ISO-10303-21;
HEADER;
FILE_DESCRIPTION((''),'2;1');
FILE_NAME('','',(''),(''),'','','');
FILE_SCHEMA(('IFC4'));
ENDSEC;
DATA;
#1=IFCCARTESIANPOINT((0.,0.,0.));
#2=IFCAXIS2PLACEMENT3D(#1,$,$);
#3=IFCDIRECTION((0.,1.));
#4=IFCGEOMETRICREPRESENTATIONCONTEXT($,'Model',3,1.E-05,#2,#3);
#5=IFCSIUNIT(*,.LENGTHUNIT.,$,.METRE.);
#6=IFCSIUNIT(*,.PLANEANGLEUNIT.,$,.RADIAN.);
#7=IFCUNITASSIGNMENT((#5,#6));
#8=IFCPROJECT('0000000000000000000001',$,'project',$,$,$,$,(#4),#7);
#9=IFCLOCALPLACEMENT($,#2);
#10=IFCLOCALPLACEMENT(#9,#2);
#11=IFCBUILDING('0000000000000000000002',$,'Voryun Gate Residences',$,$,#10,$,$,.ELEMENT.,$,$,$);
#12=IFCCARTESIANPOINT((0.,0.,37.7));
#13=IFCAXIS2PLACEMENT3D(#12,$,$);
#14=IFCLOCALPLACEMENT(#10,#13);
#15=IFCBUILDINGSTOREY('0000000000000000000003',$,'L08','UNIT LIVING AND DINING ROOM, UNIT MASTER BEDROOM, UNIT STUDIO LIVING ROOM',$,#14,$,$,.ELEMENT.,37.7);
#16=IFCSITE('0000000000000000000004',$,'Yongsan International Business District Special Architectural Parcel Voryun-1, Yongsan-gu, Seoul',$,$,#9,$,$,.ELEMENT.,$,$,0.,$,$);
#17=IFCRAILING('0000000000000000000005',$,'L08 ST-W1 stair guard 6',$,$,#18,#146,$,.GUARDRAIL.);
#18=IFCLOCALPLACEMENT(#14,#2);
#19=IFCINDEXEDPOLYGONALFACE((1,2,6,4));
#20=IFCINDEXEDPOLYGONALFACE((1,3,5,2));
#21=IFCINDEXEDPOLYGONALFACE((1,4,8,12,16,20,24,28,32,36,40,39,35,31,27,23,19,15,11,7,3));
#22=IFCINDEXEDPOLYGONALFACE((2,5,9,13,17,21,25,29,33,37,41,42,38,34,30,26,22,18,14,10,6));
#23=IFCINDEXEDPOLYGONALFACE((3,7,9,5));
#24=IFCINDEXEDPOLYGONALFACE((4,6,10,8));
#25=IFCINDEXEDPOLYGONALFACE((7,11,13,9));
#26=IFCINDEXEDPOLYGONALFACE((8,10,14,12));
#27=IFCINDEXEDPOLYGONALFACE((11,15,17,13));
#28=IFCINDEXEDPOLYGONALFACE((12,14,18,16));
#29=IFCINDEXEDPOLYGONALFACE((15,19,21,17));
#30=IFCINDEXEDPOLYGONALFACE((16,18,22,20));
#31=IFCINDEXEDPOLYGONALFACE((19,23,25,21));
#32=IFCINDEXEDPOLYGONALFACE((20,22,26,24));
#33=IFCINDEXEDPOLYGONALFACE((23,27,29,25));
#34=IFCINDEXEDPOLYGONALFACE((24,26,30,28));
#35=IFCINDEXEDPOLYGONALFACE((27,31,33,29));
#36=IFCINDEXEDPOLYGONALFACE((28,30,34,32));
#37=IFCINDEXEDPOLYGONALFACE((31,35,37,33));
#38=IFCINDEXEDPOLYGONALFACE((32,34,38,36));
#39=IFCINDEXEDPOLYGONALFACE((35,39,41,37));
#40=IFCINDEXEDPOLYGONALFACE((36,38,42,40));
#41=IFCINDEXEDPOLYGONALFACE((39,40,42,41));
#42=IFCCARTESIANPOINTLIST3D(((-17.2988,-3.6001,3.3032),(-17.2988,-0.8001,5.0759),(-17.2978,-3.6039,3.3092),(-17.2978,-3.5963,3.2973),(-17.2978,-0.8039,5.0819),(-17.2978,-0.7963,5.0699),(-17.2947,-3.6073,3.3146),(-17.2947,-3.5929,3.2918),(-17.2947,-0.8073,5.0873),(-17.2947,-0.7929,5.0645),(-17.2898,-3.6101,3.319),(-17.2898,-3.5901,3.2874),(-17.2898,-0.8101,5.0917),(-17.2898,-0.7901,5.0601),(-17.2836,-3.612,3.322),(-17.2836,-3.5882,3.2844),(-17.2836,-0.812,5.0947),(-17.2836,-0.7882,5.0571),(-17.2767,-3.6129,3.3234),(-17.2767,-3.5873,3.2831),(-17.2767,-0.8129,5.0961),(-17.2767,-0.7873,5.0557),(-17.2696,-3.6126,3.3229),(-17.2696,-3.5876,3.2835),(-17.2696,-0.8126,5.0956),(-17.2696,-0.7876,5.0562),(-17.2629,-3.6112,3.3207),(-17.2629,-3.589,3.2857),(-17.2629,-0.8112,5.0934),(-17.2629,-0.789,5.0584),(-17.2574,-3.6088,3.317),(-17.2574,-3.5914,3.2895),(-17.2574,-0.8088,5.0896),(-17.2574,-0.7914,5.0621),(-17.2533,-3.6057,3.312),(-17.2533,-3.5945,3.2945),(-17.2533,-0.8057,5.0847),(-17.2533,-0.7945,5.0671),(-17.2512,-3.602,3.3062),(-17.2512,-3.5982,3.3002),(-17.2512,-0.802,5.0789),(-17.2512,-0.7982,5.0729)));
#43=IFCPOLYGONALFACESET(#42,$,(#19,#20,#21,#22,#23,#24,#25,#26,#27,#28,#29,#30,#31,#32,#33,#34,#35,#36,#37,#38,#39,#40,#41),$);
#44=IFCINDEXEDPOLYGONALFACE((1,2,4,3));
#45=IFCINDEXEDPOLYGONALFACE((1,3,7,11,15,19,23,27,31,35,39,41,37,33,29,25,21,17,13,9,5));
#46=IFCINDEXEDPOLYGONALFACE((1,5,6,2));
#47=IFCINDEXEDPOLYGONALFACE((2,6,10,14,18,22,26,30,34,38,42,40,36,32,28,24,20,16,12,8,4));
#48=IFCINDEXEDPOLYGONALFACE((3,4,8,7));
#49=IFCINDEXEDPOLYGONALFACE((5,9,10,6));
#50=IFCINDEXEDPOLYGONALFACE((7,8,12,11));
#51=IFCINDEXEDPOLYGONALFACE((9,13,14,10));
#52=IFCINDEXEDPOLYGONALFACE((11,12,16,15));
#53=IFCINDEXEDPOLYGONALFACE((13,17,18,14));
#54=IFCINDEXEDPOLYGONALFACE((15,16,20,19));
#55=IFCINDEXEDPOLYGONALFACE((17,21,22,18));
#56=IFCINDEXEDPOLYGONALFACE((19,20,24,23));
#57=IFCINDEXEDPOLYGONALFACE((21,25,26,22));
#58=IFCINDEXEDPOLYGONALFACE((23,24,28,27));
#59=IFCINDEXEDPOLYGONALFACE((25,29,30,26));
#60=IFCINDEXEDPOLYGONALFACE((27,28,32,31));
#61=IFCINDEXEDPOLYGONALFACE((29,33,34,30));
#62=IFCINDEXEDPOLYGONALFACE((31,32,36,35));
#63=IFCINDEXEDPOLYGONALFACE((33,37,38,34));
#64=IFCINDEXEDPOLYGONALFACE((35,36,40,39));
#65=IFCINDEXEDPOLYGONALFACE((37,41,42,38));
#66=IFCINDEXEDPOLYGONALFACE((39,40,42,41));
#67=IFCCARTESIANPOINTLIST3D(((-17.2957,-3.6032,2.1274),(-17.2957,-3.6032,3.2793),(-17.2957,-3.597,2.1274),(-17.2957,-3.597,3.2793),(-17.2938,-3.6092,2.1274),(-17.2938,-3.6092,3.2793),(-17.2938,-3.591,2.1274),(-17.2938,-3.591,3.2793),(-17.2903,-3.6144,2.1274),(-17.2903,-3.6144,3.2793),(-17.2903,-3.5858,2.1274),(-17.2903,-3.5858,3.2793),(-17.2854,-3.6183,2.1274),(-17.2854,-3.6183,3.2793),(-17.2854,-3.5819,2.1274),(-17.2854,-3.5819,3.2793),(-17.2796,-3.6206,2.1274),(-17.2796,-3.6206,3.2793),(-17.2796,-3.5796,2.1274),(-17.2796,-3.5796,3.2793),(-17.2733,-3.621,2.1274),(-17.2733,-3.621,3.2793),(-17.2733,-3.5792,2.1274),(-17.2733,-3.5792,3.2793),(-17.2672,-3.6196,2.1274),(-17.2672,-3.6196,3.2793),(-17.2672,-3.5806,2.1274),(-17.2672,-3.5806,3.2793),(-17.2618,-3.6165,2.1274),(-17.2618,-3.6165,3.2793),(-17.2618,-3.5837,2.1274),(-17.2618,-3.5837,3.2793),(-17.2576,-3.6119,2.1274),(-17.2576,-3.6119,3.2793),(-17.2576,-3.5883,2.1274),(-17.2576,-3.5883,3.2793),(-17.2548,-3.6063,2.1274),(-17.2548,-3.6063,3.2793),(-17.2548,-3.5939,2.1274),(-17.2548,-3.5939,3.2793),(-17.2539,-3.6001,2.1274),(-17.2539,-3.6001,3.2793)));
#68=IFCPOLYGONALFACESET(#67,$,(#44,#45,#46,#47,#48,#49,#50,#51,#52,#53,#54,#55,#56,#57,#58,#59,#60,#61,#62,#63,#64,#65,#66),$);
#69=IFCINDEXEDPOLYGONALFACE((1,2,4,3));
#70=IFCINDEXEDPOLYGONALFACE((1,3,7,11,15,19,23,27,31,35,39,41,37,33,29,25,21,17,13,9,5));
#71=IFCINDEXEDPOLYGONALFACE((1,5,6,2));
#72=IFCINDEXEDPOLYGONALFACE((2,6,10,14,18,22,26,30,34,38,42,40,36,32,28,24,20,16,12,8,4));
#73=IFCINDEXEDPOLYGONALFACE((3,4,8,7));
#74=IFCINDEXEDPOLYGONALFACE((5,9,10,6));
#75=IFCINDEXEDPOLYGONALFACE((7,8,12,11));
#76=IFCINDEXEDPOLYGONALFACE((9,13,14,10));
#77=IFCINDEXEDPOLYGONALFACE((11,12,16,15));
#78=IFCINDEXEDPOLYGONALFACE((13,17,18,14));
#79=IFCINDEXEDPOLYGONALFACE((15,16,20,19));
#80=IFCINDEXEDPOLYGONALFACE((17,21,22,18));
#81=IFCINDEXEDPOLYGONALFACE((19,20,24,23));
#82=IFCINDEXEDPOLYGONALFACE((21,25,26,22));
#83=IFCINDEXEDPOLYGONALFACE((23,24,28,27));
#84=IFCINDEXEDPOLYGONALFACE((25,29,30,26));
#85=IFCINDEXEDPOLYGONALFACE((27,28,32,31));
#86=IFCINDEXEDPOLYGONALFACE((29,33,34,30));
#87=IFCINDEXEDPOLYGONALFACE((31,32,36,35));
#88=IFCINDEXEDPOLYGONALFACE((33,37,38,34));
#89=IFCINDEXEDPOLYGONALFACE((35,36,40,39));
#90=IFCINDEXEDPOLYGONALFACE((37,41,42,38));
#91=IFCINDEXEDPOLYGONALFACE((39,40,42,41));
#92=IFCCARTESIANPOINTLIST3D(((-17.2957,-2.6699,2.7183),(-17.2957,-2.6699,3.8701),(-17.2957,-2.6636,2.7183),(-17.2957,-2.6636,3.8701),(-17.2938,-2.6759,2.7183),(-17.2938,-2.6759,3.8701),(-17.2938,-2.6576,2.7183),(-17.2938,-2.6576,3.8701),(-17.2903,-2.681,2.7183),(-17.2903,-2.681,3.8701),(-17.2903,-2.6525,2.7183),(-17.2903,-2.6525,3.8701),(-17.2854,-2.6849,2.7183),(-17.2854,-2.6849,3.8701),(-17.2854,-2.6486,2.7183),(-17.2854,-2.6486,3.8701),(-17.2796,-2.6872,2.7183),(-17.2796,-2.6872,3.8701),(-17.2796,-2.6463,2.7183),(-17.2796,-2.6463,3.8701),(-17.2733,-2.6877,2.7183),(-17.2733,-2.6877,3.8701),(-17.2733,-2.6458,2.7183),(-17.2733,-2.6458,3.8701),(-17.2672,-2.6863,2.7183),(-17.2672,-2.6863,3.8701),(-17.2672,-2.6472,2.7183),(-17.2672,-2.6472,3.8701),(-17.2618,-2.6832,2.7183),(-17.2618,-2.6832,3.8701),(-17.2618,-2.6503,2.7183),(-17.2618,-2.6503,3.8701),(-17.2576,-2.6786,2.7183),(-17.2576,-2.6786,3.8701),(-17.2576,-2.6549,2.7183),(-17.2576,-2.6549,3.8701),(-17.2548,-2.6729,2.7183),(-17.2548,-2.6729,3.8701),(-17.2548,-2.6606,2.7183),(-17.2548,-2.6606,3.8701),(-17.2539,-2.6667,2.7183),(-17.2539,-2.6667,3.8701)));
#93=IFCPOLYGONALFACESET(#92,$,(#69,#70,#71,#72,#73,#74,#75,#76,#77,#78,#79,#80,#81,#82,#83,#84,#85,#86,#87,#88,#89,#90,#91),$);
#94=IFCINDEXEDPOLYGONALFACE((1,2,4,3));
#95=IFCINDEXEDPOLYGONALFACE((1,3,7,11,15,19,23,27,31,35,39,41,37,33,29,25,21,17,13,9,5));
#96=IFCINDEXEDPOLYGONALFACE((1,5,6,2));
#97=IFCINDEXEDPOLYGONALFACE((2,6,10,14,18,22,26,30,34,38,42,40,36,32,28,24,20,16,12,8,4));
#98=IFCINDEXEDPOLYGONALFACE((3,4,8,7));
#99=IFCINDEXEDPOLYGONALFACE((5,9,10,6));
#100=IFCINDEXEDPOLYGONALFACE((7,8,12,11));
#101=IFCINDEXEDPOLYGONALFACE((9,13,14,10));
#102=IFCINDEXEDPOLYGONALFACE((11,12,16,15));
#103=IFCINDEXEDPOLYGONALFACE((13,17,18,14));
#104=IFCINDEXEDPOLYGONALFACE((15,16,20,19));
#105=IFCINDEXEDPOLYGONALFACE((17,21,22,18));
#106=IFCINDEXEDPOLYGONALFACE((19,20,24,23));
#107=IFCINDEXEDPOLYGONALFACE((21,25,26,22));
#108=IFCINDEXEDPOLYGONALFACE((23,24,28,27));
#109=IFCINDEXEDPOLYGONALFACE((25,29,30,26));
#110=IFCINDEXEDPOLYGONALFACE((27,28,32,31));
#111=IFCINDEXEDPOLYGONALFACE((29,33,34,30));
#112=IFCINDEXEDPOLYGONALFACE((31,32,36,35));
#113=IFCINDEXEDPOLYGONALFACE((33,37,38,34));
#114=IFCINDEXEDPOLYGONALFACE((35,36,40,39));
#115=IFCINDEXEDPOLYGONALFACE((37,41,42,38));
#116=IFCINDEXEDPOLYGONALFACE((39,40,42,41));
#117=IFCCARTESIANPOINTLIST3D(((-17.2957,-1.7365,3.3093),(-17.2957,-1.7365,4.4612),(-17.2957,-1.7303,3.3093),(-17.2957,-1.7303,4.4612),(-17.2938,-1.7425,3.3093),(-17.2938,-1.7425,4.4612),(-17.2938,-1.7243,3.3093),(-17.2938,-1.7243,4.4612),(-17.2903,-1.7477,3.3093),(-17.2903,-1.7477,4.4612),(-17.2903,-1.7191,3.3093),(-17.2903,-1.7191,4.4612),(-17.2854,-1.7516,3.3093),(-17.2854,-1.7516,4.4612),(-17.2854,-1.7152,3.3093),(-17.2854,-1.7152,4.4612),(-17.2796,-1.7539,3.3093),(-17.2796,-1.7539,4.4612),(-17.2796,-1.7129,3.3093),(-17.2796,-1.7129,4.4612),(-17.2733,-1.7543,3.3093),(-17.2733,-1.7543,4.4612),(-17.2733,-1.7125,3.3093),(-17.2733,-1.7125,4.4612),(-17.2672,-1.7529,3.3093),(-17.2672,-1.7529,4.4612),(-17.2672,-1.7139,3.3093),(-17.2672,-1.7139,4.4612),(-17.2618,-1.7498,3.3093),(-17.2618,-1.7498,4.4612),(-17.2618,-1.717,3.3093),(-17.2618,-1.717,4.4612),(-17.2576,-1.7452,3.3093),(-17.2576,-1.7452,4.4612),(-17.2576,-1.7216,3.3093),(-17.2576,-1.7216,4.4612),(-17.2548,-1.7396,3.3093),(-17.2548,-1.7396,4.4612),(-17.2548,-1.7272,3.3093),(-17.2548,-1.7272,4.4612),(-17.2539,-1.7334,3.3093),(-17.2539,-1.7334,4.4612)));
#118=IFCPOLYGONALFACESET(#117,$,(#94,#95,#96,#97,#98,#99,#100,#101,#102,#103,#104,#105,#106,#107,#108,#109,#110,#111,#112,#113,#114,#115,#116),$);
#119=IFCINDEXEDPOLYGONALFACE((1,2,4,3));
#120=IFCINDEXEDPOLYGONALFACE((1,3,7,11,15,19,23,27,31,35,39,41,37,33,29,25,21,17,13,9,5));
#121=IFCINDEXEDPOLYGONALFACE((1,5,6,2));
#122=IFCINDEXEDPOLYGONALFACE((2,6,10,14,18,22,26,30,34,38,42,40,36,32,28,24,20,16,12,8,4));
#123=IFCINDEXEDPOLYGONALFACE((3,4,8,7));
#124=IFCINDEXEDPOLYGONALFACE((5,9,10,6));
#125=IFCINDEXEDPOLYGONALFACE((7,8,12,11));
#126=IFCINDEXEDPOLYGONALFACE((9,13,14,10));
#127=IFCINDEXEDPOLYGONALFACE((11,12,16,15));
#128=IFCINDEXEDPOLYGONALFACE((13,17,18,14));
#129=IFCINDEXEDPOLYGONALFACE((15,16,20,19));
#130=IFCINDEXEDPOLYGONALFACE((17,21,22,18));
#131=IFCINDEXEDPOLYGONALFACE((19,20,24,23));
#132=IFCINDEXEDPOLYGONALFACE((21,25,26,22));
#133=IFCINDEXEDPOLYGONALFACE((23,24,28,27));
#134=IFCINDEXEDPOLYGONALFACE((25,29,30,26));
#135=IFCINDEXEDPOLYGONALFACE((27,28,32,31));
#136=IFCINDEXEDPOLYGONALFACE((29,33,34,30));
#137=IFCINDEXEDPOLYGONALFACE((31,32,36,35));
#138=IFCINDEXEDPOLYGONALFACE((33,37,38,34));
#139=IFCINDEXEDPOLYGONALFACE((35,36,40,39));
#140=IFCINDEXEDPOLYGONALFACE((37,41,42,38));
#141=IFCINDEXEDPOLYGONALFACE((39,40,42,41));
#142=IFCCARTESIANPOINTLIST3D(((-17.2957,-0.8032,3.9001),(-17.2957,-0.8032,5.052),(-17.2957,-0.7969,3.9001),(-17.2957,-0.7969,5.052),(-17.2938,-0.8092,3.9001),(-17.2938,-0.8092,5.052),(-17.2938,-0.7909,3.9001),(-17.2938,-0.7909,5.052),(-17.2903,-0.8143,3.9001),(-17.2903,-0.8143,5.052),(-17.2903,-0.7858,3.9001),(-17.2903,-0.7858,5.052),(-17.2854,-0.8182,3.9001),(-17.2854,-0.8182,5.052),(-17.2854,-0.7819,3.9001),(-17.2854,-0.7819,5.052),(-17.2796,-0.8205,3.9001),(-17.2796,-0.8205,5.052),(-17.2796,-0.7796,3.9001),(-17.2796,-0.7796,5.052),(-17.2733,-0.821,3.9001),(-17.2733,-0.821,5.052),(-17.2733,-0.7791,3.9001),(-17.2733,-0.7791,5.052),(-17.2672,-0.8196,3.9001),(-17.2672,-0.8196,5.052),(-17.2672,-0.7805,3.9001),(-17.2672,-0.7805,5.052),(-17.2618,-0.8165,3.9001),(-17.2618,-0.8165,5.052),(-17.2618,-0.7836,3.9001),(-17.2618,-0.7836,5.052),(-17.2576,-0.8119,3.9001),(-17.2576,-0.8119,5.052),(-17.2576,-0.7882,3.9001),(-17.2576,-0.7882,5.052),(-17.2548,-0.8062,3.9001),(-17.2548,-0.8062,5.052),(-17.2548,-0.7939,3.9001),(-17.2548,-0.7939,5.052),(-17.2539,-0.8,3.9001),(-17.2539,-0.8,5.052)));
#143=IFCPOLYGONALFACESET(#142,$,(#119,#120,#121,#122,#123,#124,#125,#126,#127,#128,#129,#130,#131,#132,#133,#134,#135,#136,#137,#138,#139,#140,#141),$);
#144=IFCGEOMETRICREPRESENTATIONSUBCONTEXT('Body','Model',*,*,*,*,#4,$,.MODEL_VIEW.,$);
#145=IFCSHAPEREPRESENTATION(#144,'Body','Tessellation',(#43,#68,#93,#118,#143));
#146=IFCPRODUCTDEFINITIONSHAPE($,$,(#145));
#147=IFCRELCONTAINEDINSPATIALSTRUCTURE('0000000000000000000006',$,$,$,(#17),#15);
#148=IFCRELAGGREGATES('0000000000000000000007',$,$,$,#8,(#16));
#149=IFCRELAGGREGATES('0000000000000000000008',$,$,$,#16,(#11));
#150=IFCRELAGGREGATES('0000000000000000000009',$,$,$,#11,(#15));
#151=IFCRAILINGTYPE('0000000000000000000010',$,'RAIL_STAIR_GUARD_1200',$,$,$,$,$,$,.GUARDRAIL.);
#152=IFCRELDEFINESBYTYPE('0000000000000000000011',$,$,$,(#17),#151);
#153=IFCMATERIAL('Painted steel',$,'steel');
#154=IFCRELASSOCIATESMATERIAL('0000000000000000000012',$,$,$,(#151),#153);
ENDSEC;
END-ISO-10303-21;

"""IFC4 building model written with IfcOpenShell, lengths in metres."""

from ifc_helpers import new_model, si_unit, direction, frame, origin, origin_2d, place, context, subcontext, project, spatial, circle, extrude, material, type_object, element, save


model = new_model("IFC4")

# Units and contexts
model_context = context("Model", 3, precision=1e-05, world=origin(), true_north=direction((0.0, 1.0)))
body_context = subcontext(model_context, "Body", "Model", "MODEL_VIEW")
ifc_project = project(units=[si_unit("LENGTHUNIT", "METRE"), si_unit("PLANEANGLEUNIT", "RADIAN")], contexts=[model_context])

# Site, building, storey
site_placement = place(None, origin())
site = spatial("IfcSite", under=ifc_project, at=site_placement, Name="Yongsan International Business District Special Architectural Parcel Voryun-1, Yongsan-gu, Seoul", CompositionType="ELEMENT", RefElevation=0.0)
building_placement = place(site_placement, origin())
building = spatial("IfcBuilding", under=site, at=building_placement, Name="Voryun Gate Residences", CompositionType="ELEMENT")
storey_placement = place(building_placement, frame((0.0, 0.0, 37.7)))
storey = spatial("IfcBuildingStorey", under=building, at=storey_placement, Name="L08", Description="UNIT LIVING AND DINING ROOM, UNIT MASTER BEDROOM, UNIT STUDIO LIVING ROOM", CompositionType="ELEMENT", Elevation=37.7)

# Railing
ifc_material_1 = material(Name="Painted steel", Category="steel")
railing_type_1 = type_object("IfcRailingType", Name="RAIL_STAIR_GUARD_1200", PredefinedType="GUARDRAIL", material=ifc_material_1)
railing_1_placement = place(storey_placement, frame((-17.2749, -3.6001, 2.1274)))
element("IfcRailing", 1, at=railing_1_placement, inside=storey, type_object=railing_type_1, Name="L08 ST-W1 stair guard 6", PredefinedType="GUARDRAIL", context=body_context, shape_type="SweptSolid", body=[
    extrude(circle(Radius=0.0239, at=origin_2d()), frame((0.0, 0.0, 1.1758), z_axis=(0.0, 0.844909, 0.53491), x_axis=(-1.0, 0.0, 0.0)), (0.0, 0.0, 1.0), 3.314),
    extrude(circle(Radius=0.021, at=origin_2d()), origin(), (0.0, 0.0, 1.0), 1.1519),
    extrude(circle(Radius=0.021, at=origin_2d()), frame((0.0, 0.9333, 0.5908)), (0.0, 0.0, 1.0), 1.1519),
    extrude(circle(Radius=0.021, at=origin_2d()), frame((0.0, 1.8667, 1.1819)), (0.0, 0.0, 1.0), 1.1519),
    extrude(circle(Radius=0.021, at=origin_2d()), frame((0.0, 2.8, 1.7727)), (0.0, 0.0, 1.0), 1.1519),
])

save(model, "model.ifc")
